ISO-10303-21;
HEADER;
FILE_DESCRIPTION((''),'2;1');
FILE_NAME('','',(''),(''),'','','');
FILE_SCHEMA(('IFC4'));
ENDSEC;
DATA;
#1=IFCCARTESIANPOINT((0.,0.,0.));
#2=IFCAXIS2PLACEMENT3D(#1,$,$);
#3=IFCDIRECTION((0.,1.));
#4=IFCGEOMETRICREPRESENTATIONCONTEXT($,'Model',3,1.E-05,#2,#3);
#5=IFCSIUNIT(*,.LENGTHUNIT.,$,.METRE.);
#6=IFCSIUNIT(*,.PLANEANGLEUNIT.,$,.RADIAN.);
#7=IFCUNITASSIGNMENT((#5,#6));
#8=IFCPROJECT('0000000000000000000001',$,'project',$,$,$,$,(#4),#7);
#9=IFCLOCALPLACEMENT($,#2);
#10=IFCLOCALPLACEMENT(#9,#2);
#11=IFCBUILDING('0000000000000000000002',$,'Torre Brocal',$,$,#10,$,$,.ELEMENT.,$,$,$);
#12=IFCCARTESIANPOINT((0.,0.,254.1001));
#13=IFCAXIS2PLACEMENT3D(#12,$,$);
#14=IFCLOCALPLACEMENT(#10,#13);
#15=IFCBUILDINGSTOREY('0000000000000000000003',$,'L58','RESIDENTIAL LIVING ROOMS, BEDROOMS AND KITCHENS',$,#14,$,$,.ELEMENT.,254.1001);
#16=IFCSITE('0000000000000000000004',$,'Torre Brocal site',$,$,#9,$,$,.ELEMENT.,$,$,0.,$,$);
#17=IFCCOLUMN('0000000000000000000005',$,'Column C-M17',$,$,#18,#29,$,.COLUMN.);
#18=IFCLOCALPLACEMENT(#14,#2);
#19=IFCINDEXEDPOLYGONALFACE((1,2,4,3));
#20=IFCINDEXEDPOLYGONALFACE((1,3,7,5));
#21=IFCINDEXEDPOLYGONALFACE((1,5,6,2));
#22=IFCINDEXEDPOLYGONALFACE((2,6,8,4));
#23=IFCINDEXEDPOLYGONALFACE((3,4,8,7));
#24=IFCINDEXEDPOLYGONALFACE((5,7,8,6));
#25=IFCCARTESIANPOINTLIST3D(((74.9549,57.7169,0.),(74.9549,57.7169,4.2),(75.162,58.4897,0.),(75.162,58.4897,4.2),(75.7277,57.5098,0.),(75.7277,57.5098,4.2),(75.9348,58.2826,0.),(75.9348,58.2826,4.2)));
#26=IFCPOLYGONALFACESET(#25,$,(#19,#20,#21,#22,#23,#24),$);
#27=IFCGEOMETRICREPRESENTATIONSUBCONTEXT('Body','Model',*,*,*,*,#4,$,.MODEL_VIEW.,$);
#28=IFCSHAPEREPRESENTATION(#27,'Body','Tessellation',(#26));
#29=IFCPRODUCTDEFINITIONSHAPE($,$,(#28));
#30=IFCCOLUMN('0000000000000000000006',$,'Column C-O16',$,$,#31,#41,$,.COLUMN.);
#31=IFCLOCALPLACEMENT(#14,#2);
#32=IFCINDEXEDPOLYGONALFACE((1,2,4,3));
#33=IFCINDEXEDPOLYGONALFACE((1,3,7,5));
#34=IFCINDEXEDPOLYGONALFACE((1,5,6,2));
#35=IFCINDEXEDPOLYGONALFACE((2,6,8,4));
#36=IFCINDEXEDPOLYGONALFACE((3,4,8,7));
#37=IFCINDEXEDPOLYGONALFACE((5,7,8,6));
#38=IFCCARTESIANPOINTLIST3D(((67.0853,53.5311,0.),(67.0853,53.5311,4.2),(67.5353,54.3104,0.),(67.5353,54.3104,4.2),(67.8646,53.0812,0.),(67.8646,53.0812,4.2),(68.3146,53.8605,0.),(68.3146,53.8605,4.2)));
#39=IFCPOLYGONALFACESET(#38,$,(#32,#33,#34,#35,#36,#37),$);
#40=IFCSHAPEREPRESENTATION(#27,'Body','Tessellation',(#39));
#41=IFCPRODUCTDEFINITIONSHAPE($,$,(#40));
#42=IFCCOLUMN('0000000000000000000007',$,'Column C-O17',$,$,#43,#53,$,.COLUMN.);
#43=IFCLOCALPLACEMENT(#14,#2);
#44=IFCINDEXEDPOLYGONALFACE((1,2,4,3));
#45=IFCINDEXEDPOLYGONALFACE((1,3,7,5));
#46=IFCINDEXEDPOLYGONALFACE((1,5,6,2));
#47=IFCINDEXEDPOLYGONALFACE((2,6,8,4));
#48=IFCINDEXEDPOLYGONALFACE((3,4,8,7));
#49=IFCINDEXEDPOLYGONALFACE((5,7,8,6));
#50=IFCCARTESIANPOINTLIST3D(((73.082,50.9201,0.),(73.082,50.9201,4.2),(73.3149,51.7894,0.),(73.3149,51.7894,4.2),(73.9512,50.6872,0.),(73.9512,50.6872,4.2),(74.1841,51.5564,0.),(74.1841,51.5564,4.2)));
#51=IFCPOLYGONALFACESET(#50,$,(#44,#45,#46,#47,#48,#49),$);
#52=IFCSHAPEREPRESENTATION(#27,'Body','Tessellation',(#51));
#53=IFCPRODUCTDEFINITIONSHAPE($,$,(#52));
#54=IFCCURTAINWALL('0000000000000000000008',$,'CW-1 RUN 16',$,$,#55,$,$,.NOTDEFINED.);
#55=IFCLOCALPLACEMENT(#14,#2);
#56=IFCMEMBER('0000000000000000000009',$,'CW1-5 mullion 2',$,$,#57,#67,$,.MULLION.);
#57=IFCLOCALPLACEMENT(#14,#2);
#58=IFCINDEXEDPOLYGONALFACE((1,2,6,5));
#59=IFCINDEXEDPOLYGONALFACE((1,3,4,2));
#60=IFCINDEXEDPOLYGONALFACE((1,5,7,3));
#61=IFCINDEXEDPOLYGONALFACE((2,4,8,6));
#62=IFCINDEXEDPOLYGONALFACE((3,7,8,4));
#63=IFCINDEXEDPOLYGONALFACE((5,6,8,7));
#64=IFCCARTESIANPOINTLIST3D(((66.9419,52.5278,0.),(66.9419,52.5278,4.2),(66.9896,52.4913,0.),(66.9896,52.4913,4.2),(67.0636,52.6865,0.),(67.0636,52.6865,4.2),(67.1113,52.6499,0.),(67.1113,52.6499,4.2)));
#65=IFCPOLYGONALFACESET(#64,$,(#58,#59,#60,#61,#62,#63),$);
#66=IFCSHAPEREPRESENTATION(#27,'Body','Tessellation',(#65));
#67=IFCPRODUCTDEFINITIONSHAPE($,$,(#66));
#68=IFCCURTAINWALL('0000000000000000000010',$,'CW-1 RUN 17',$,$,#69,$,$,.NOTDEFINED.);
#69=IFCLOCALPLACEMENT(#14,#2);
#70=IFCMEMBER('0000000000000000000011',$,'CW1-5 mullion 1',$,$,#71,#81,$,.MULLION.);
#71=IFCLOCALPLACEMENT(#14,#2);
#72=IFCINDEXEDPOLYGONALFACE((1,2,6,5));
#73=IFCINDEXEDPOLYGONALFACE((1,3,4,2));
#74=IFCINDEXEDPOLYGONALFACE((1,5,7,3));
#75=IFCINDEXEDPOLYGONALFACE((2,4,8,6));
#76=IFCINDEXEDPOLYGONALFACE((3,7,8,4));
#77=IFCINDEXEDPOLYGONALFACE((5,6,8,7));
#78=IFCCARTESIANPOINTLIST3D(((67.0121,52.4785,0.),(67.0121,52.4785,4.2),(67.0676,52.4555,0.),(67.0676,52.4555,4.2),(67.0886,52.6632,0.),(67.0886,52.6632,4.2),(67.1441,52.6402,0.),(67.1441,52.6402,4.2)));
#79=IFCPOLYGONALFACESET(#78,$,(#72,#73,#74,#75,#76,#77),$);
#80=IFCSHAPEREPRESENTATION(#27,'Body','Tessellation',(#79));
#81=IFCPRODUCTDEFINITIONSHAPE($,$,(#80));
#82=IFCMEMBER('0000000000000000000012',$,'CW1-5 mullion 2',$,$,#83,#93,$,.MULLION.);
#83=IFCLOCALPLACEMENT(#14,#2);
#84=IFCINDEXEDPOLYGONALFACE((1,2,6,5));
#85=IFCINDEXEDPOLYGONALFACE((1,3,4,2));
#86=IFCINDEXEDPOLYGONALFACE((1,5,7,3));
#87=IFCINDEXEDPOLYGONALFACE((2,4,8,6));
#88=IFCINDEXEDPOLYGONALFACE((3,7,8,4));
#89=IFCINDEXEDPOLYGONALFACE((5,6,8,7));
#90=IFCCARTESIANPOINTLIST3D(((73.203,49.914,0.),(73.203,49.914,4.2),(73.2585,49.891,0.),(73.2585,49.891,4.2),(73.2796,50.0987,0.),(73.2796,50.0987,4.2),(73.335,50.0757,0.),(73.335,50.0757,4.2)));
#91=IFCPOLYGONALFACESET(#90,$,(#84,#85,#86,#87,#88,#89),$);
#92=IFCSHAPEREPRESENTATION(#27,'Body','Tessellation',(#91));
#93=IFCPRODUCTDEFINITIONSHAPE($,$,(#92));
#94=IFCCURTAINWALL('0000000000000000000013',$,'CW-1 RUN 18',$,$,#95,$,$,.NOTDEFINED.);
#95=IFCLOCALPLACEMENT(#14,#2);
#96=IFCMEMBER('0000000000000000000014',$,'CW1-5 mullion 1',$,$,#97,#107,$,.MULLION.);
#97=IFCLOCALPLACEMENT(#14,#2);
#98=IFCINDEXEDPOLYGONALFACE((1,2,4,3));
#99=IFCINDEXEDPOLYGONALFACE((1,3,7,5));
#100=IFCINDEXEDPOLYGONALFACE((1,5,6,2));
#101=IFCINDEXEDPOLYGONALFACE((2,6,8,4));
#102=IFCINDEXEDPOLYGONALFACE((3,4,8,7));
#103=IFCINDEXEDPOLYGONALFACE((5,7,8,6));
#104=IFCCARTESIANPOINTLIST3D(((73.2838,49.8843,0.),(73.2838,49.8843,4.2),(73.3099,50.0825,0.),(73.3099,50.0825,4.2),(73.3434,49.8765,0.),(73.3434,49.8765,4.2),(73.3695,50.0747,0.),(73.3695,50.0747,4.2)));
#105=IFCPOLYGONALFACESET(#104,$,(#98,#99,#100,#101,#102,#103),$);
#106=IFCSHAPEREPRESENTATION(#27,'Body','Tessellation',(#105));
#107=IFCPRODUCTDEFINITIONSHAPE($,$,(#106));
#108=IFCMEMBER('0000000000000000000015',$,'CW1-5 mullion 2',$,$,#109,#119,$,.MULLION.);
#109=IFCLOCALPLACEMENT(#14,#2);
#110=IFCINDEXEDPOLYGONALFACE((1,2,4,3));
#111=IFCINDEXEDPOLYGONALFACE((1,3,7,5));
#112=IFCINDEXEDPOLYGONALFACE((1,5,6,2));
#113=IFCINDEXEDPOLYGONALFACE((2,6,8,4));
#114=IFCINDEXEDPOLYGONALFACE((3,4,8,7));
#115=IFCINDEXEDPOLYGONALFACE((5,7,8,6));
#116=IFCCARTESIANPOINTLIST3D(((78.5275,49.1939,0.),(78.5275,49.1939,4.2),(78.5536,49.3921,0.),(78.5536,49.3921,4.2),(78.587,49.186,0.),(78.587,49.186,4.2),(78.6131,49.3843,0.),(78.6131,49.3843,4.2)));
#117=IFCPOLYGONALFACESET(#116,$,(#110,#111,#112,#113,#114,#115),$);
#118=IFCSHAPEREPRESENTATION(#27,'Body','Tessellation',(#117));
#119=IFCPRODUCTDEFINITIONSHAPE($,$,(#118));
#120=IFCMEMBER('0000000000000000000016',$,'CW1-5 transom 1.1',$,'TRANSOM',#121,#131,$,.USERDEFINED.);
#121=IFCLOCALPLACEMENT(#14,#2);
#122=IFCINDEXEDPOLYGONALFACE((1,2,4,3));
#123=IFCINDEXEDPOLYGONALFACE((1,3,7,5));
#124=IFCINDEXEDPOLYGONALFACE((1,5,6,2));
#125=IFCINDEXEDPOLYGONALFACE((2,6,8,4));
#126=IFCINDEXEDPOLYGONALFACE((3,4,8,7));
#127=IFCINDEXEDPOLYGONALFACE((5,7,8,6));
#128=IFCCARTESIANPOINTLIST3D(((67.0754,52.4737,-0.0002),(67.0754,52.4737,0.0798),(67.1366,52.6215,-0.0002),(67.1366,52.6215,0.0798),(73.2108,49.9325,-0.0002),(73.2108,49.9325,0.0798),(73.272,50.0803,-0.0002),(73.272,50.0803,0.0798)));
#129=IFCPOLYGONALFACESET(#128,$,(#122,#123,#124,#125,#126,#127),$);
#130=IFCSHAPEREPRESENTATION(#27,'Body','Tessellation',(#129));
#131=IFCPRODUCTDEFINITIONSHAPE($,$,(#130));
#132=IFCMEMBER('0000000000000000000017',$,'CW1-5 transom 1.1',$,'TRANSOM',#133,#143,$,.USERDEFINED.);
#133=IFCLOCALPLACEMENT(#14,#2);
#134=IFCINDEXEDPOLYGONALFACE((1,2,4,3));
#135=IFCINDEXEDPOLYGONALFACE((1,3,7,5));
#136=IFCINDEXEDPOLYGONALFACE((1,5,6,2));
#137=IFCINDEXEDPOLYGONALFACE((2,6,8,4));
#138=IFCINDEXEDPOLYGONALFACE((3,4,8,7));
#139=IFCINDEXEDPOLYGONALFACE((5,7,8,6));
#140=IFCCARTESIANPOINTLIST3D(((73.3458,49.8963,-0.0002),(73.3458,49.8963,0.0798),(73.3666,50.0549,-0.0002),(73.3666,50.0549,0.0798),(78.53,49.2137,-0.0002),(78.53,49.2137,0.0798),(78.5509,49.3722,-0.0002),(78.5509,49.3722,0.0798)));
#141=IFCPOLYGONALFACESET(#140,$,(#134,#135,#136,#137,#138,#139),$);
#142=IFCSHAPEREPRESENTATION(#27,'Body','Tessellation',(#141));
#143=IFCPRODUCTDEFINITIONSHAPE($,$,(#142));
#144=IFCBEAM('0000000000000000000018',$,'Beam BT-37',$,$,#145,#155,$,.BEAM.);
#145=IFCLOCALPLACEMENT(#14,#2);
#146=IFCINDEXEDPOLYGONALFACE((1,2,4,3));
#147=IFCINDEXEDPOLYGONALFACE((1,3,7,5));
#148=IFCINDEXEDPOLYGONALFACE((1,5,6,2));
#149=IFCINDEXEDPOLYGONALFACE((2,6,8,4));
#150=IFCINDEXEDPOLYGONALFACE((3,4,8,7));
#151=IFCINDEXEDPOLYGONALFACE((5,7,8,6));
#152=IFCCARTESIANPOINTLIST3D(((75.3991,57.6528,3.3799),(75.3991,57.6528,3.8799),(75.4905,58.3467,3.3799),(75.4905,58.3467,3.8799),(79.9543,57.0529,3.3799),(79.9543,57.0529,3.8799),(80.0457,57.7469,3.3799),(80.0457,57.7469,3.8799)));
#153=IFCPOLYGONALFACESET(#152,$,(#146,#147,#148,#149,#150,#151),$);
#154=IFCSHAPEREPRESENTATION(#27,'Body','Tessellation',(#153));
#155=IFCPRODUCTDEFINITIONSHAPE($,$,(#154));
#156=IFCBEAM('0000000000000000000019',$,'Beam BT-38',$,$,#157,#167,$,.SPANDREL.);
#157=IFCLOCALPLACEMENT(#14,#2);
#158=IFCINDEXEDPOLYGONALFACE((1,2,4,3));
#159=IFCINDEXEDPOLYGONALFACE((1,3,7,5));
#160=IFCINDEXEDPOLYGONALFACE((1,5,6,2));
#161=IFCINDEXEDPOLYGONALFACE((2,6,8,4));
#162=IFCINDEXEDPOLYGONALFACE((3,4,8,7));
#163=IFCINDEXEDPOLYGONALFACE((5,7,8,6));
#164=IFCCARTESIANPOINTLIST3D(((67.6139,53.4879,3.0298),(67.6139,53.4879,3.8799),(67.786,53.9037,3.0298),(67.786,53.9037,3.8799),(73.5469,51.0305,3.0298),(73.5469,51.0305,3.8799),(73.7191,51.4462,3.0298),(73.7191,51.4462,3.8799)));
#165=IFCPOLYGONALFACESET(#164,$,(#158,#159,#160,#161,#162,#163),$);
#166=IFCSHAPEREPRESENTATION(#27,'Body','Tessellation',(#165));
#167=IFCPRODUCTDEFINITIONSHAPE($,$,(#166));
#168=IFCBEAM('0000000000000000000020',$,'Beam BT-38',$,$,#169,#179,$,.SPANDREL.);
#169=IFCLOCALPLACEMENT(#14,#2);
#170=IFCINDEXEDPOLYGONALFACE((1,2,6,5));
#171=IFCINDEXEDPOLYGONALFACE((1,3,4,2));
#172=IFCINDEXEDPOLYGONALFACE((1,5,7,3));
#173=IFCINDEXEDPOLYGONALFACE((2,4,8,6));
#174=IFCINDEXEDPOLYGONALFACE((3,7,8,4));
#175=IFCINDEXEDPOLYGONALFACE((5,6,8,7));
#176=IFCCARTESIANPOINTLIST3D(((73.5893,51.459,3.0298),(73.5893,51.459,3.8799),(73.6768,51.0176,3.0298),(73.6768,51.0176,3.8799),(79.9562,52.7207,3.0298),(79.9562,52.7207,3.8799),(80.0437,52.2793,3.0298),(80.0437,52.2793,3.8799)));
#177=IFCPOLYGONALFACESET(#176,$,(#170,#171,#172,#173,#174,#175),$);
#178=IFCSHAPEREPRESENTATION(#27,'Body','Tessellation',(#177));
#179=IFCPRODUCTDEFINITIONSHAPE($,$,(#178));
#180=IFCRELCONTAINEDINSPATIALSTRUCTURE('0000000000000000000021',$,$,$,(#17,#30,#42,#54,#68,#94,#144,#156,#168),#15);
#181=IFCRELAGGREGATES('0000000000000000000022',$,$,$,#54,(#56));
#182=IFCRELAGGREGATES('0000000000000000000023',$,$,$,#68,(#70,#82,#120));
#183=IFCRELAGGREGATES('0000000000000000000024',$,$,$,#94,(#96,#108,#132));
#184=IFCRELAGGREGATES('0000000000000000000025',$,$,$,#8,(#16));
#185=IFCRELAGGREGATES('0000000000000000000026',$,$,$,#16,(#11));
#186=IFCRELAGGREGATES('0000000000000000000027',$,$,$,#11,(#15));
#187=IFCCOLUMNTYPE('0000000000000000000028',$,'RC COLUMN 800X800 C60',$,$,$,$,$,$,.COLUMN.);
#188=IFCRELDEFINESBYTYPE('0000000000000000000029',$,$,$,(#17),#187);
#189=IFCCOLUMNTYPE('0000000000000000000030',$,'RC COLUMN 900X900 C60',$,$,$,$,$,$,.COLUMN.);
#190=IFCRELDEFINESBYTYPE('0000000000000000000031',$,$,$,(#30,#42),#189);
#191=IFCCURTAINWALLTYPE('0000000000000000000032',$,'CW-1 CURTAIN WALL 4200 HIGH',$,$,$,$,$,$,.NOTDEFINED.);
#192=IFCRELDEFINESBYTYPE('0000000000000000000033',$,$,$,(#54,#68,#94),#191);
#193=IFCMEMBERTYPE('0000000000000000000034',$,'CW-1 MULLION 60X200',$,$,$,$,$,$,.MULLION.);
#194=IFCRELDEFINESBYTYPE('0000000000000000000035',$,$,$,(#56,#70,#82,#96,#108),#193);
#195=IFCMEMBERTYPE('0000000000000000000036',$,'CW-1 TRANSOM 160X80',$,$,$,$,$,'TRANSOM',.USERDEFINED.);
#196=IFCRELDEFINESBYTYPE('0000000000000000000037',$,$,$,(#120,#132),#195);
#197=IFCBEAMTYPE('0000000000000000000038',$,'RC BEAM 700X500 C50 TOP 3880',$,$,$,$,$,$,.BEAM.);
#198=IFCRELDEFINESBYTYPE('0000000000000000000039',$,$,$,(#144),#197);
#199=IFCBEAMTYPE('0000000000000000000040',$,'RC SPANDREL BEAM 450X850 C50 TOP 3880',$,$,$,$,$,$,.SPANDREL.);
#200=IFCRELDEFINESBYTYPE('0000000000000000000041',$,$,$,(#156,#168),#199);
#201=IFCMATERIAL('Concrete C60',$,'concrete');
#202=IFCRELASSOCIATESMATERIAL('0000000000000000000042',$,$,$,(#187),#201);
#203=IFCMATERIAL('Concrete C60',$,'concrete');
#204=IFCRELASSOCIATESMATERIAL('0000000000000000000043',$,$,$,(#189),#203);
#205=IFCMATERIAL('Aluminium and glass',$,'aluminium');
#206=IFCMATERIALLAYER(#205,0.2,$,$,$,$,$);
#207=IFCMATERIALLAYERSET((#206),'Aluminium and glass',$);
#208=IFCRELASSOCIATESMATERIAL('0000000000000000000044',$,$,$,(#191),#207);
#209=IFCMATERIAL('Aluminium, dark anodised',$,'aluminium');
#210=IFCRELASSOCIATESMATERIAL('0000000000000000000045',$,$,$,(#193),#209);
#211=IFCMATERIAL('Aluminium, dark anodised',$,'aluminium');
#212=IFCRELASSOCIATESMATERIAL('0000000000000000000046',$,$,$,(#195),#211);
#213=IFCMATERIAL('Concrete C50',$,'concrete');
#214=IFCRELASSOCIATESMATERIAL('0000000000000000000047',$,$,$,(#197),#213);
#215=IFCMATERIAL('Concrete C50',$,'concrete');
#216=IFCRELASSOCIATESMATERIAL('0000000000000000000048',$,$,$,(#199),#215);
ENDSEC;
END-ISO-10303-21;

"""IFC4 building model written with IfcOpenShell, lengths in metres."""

from ifc_helpers import new_model, si_unit, direction, frame, origin, origin_2d, place, context, subcontext, project, spatial, rectangle, extrude, material, layer, layer_set, material_profile, profile_set, type_object, element, aggregate, save


model = new_model("IFC4")

# Units and contexts
model_context = context("Model", 3, precision=1e-05, world=origin(), true_north=direction((0.0, 1.0)))
body_context = subcontext(model_context, "Body", "Model", "MODEL_VIEW")
ifc_project = project(units=[si_unit("LENGTHUNIT", "METRE"), si_unit("PLANEANGLEUNIT", "RADIAN")], contexts=[model_context])

# Site, building, storey
site_placement = place(None, origin())
site = spatial("IfcSite", under=ifc_project, at=site_placement, Name="Torre Brocal site", CompositionType="ELEMENT", RefElevation=0.0)
building_placement = place(site_placement, origin())
building = spatial("IfcBuilding", under=site, at=building_placement, Name="Torre Brocal", CompositionType="ELEMENT")
storey_placement = place(building_placement, frame((0.0, 0.0, 254.1001)))
storey = spatial("IfcBuildingStorey", under=building, at=storey_placement, Name="L58", Description="RESIDENTIAL LIVING ROOMS, BEDROOMS AND KITCHENS", CompositionType="ELEMENT", Elevation=254.1001)

# Columns
ifc_material_1 = material(Name="Concrete C60", Category="concrete")
ifc_material_profile_1 = material_profile(ifc_material_1, rectangle(XDim=0.8, YDim=0.8, at=origin_2d()), Name="RC 800X800")
ifc_profile_set_1 = profile_set([ifc_material_profile_1], Name="Concrete C60")
column_type_1 = type_object("IfcColumnType", Name="RC COLUMN 800X800 C60", PredefinedType="COLUMN", material=ifc_profile_set_1)
column_placement = place(storey_placement, frame((75.4448, 57.9998, 0.0), z_axis=(0.0, 0.0, 1.0), x_axis=(-0.258819, -0.965926, 0.0)))
element("IfcColumn", 1, at=column_placement, inside=storey, type_object=column_type_1, Name="Column C-M17", PredefinedType="COLUMN", context=body_context, shape_type="SweptSolid", body=[
    extrude(rectangle(XDim=0.8, YDim=0.8, at=origin_2d()), origin(), (0.0, 0.0, 1.0), 4.2),
])
ifc_material_2 = material(Name="Concrete C60", Category="concrete")
ifc_material_profile_2 = material_profile(ifc_material_2, rectangle(XDim=0.8999, YDim=0.8999, at=origin_2d()), Name="RC 900X900")
ifc_profile_set_2 = profile_set([ifc_material_profile_2], Name="Concrete C60")
column_type_2 = type_object("IfcColumnType", Name="RC COLUMN 900X900 C60", PredefinedType="COLUMN", material=ifc_profile_set_2)
for number, where, z_axis, x_axis, name in (
    (2, (67.7, 53.6958, 0.0), (0.0, 0.0, 1.0), (-0.5, -0.866025, 0.0), "Column C-O16"),
    (3, (73.6331, 51.2383, 0.0), (0.0, 0.0, 1.0), (-0.258819, -0.965926, 0.0), "Column C-O17"),
):
    element("IfcColumn", number, at=place(storey_placement, frame(where, z_axis=z_axis, x_axis=x_axis)), inside=storey, type_object=column_type_2, Name=name, PredefinedType="COLUMN", context=body_context, shape_type="SweptSolid", body=[
        extrude(rectangle(XDim=0.8999, YDim=0.8999, at=origin_2d()), origin(), (0.0, 0.0, 1.0), 4.2),
    ])

# Curtain wall, member
ifc_material_3 = material(Name="Aluminium and glass", Category="aluminium")
ifc_layer_1 = layer(ifc_material_3, 0.2)
ifc_layer_set_1 = layer_set([ifc_layer_1], Name="Aluminium and glass")
curtain_wall_type = type_object("IfcCurtainWallType", Name="CW-1 CURTAIN WALL 4200 HIGH", PredefinedType="NOTDEFINED", material=ifc_layer_set_1)
curtain_wall_1_placement = place(storey_placement, origin())
curtain_wall_1 = element("IfcCurtainWall", 4, at=curtain_wall_1_placement, inside=storey, type_object=curtain_wall_type, Name="CW-1 RUN 16", PredefinedType="NOTDEFINED")
ifc_material_4 = material(Name="Aluminium, dark anodised", Category="aluminium")
ifc_material_profile_3 = material_profile(ifc_material_4, rectangle(XDim=0.2, YDim=0.0601, at=origin_2d()), Name="CW-1 MULLION 60X200")
ifc_profile_set_3 = profile_set([ifc_material_profile_3], Name="Aluminium, dark anodised")
member_type_1 = type_object("IfcMemberType", Name="CW-1 MULLION 60X200", PredefinedType="MULLION", material=ifc_profile_set_3)
member_1_placement = place(storey_placement, frame((67.0266, 52.5889, 0.0), z_axis=(0.0, 0.0, 1.0), x_axis=(0.608761, 0.793353, 0.0)))
member_1 = element("IfcMember", 5, at=member_1_placement, type_object=member_type_1, Name="CW1-5 mullion 2", PredefinedType="MULLION", context=body_context, shape_type="SweptSolid", body=[
    extrude(rectangle(XDim=0.2, YDim=0.0601, at=origin_2d()), origin(), (0.0, 0.0, 1.0), 4.2),
])
aggregate(curtain_wall_1, [member_1])

# Curtain walls, members
curtain_wall_2_placement = place(storey_placement, origin())
curtain_wall_2 = element("IfcCurtainWall", 6, at=curtain_wall_2_placement, inside=storey, type_object=curtain_wall_type, Name="CW-1 RUN 17", PredefinedType="NOTDEFINED")
member_2_placement = place(storey_placement, frame((67.0781, 52.5593, 0.0), z_axis=(0.0, 0.0, 1.0), x_axis=(0.382683, 0.92388, 0.0)))
member_2 = element("IfcMember", 7, at=member_2_placement, type_object=member_type_1, Name="CW1-5 mullion 1", PredefinedType="MULLION", context=body_context, shape_type="SweptSolid", body=[
    extrude(rectangle(XDim=0.2, YDim=0.0601, at=origin_2d()), origin(), (0.0, 0.0, 1.0), 4.2),
])
member_3_placement = place(storey_placement, frame((73.269, 49.9949, 0.0), z_axis=(0.0, 0.0, 1.0), x_axis=(0.382683, 0.92388, 0.0)))
member_3 = element("IfcMember", 8, at=member_3_placement, type_object=member_type_1, Name="CW1-5 mullion 2", PredefinedType="MULLION", context=body_context, shape_type="SweptSolid", body=[
    extrude(rectangle(XDim=0.2, YDim=0.0601, at=origin_2d()), origin(), (0.0, 0.0, 1.0), 4.2),
])
curtain_wall_3_placement = place(storey_placement, origin())
curtain_wall_3 = element("IfcCurtainWall", 9, at=curtain_wall_3_placement, inside=storey, type_object=curtain_wall_type, Name="CW-1 RUN 18", PredefinedType="NOTDEFINED")
member_4_placement = place(storey_placement, frame((73.3267, 49.9795, 0.0), z_axis=(0.0, 0.0, 1.0), x_axis=(0.130526, 0.991445, 0.0)))
member_4 = element("IfcMember", 10, at=member_4_placement, type_object=member_type_1, Name="CW1-5 mullion 1", PredefinedType="MULLION", context=body_context, shape_type="SweptSolid", body=[
    extrude(rectangle(XDim=0.2, YDim=0.0601, at=origin_2d()), origin(), (0.0, 0.0, 1.0), 4.2),
])
member_5_placement = place(storey_placement, frame((78.5703, 49.2891, 0.0), z_axis=(0.0, 0.0, 1.0), x_axis=(0.130526, 0.991445, 0.0)))
member_5 = element("IfcMember", 11, at=member_5_placement, type_object=member_type_1, Name="CW1-5 mullion 2", PredefinedType="MULLION", context=body_context, shape_type="SweptSolid", body=[
    extrude(rectangle(XDim=0.2, YDim=0.0601, at=origin_2d()), origin(), (0.0, 0.0, 1.0), 4.2),
])

# Members
ifc_material_5 = material(Name="Aluminium, dark anodised", Category="aluminium")
ifc_material_profile_4 = material_profile(ifc_material_5, rectangle(XDim=0.1599, YDim=0.0801, at=origin_2d()), Name="CW-1 TRANSOM 160X80")
ifc_profile_set_4 = profile_set([ifc_material_profile_4], Name="Aluminium, dark anodised")
member_type_2 = type_object("IfcMemberType", Name="CW-1 TRANSOM 160X80", ElementType="TRANSOM", PredefinedType="USERDEFINED", material=ifc_profile_set_4)
member_6_placement = place(storey_placement, frame((67.106, 52.5476, 0.0398), z_axis=(0.923887, -0.382665, 0.0), x_axis=(0.382665, 0.923887, 0.0)))
member_6 = element("IfcMember", 12, at=member_6_placement, type_object=member_type_2, Name="CW1-5 transom 1.1", ObjectType="TRANSOM", PredefinedType="USERDEFINED", context=body_context, shape_type="SweptSolid", body=[
    extrude(rectangle(XDim=0.1599, YDim=0.0801, at=origin_2d()), origin(), (0.0, 0.0, 1.0), 6.6409),
])
member_7_placement = place(storey_placement, frame((73.3562, 49.9756, 0.0398), z_axis=(0.991443, -0.130543, 0.0), x_axis=(0.130543, 0.991443, 0.0)))
member_7 = element("IfcMember", 13, at=member_7_placement, type_object=member_type_2, Name="CW1-5 transom 1.1", ObjectType="TRANSOM", PredefinedType="USERDEFINED", context=body_context, shape_type="SweptSolid", body=[
    extrude(rectangle(XDim=0.1599, YDim=0.0801, at=origin_2d()), origin(), (0.0, 0.0, 1.0), 5.229),
])

# Beams
ifc_material_6 = material(Name="Concrete C50", Category="concrete")
ifc_material_profile_5 = material_profile(ifc_material_6, rectangle(XDim=0.7, YDim=0.5, at=origin_2d()), Name="RC 700X500")
ifc_profile_set_5 = profile_set([ifc_material_profile_5], Name="Concrete C50")
beam_type_1 = type_object("IfcBeamType", Name="RC BEAM 700X500 C50 TOP 3880", PredefinedType="BEAM", material=ifc_profile_set_5)
beam_1_placement = place(storey_placement, frame((75.4448, 57.9998, 3.6299), z_axis=(0.991441, -0.130559, 0.0), x_axis=(0.130559, 0.991441, 0.0)))
element("IfcBeam", 14, at=beam_1_placement, inside=storey, type_object=beam_type_1, Name="Beam BT-37", PredefinedType="BEAM", context=body_context, shape_type="SweptSolid", body=[
    extrude(rectangle(XDim=0.7, YDim=0.5, at=origin_2d()), origin(), (0.0, 0.0, 1.0), 4.5945),
])
ifc_material_7 = material(Name="Concrete C50", Category="concrete")
ifc_material_profile_6 = material_profile(ifc_material_7, rectangle(XDim=0.45, YDim=0.8501, at=origin_2d()), Name="RC 450X850")
ifc_profile_set_6 = profile_set([ifc_material_profile_6], Name="Concrete C50")
beam_type_2 = type_object("IfcBeamType", Name="RC SPANDREL BEAM 450X850 C50 TOP 3880", PredefinedType="SPANDREL", material=ifc_profile_set_6)
beam_2_placement = place(storey_placement, frame((67.7, 53.6958, 3.4548), z_axis=(0.923882, -0.382676, 0.0), x_axis=(0.382676, 0.923882, 0.0)))
element("IfcBeam", 15, at=beam_2_placement, inside=storey, type_object=beam_type_2, Name="Beam BT-38", PredefinedType="SPANDREL", context=body_context, shape_type="SweptSolid", body=[
    extrude(rectangle(XDim=0.45, YDim=0.8501, at=origin_2d()), origin(), (0.0, 0.0, 1.0), 6.4219),
])
beam_3_placement = place(storey_placement, frame((73.6331, 51.2383, 3.4548), z_axis=(0.980925, 0.194387, 0.0), x_axis=(-0.194387, 0.980925, 0.0)))
element("IfcBeam", 16, at=beam_3_placement, inside=storey, type_object=beam_type_2, Name="Beam BT-38", PredefinedType="SPANDREL", context=body_context, shape_type="SweptSolid", body=[
    extrude(rectangle(XDim=0.45, YDim=0.8501, at=origin_2d()), origin(), (0.0, 0.0, 1.0), 6.4907),
])

aggregate(curtain_wall_2, [member_2, member_3, member_6])
aggregate(curtain_wall_3, [member_4, member_5, member_7])

save(model, "model.ifc")
